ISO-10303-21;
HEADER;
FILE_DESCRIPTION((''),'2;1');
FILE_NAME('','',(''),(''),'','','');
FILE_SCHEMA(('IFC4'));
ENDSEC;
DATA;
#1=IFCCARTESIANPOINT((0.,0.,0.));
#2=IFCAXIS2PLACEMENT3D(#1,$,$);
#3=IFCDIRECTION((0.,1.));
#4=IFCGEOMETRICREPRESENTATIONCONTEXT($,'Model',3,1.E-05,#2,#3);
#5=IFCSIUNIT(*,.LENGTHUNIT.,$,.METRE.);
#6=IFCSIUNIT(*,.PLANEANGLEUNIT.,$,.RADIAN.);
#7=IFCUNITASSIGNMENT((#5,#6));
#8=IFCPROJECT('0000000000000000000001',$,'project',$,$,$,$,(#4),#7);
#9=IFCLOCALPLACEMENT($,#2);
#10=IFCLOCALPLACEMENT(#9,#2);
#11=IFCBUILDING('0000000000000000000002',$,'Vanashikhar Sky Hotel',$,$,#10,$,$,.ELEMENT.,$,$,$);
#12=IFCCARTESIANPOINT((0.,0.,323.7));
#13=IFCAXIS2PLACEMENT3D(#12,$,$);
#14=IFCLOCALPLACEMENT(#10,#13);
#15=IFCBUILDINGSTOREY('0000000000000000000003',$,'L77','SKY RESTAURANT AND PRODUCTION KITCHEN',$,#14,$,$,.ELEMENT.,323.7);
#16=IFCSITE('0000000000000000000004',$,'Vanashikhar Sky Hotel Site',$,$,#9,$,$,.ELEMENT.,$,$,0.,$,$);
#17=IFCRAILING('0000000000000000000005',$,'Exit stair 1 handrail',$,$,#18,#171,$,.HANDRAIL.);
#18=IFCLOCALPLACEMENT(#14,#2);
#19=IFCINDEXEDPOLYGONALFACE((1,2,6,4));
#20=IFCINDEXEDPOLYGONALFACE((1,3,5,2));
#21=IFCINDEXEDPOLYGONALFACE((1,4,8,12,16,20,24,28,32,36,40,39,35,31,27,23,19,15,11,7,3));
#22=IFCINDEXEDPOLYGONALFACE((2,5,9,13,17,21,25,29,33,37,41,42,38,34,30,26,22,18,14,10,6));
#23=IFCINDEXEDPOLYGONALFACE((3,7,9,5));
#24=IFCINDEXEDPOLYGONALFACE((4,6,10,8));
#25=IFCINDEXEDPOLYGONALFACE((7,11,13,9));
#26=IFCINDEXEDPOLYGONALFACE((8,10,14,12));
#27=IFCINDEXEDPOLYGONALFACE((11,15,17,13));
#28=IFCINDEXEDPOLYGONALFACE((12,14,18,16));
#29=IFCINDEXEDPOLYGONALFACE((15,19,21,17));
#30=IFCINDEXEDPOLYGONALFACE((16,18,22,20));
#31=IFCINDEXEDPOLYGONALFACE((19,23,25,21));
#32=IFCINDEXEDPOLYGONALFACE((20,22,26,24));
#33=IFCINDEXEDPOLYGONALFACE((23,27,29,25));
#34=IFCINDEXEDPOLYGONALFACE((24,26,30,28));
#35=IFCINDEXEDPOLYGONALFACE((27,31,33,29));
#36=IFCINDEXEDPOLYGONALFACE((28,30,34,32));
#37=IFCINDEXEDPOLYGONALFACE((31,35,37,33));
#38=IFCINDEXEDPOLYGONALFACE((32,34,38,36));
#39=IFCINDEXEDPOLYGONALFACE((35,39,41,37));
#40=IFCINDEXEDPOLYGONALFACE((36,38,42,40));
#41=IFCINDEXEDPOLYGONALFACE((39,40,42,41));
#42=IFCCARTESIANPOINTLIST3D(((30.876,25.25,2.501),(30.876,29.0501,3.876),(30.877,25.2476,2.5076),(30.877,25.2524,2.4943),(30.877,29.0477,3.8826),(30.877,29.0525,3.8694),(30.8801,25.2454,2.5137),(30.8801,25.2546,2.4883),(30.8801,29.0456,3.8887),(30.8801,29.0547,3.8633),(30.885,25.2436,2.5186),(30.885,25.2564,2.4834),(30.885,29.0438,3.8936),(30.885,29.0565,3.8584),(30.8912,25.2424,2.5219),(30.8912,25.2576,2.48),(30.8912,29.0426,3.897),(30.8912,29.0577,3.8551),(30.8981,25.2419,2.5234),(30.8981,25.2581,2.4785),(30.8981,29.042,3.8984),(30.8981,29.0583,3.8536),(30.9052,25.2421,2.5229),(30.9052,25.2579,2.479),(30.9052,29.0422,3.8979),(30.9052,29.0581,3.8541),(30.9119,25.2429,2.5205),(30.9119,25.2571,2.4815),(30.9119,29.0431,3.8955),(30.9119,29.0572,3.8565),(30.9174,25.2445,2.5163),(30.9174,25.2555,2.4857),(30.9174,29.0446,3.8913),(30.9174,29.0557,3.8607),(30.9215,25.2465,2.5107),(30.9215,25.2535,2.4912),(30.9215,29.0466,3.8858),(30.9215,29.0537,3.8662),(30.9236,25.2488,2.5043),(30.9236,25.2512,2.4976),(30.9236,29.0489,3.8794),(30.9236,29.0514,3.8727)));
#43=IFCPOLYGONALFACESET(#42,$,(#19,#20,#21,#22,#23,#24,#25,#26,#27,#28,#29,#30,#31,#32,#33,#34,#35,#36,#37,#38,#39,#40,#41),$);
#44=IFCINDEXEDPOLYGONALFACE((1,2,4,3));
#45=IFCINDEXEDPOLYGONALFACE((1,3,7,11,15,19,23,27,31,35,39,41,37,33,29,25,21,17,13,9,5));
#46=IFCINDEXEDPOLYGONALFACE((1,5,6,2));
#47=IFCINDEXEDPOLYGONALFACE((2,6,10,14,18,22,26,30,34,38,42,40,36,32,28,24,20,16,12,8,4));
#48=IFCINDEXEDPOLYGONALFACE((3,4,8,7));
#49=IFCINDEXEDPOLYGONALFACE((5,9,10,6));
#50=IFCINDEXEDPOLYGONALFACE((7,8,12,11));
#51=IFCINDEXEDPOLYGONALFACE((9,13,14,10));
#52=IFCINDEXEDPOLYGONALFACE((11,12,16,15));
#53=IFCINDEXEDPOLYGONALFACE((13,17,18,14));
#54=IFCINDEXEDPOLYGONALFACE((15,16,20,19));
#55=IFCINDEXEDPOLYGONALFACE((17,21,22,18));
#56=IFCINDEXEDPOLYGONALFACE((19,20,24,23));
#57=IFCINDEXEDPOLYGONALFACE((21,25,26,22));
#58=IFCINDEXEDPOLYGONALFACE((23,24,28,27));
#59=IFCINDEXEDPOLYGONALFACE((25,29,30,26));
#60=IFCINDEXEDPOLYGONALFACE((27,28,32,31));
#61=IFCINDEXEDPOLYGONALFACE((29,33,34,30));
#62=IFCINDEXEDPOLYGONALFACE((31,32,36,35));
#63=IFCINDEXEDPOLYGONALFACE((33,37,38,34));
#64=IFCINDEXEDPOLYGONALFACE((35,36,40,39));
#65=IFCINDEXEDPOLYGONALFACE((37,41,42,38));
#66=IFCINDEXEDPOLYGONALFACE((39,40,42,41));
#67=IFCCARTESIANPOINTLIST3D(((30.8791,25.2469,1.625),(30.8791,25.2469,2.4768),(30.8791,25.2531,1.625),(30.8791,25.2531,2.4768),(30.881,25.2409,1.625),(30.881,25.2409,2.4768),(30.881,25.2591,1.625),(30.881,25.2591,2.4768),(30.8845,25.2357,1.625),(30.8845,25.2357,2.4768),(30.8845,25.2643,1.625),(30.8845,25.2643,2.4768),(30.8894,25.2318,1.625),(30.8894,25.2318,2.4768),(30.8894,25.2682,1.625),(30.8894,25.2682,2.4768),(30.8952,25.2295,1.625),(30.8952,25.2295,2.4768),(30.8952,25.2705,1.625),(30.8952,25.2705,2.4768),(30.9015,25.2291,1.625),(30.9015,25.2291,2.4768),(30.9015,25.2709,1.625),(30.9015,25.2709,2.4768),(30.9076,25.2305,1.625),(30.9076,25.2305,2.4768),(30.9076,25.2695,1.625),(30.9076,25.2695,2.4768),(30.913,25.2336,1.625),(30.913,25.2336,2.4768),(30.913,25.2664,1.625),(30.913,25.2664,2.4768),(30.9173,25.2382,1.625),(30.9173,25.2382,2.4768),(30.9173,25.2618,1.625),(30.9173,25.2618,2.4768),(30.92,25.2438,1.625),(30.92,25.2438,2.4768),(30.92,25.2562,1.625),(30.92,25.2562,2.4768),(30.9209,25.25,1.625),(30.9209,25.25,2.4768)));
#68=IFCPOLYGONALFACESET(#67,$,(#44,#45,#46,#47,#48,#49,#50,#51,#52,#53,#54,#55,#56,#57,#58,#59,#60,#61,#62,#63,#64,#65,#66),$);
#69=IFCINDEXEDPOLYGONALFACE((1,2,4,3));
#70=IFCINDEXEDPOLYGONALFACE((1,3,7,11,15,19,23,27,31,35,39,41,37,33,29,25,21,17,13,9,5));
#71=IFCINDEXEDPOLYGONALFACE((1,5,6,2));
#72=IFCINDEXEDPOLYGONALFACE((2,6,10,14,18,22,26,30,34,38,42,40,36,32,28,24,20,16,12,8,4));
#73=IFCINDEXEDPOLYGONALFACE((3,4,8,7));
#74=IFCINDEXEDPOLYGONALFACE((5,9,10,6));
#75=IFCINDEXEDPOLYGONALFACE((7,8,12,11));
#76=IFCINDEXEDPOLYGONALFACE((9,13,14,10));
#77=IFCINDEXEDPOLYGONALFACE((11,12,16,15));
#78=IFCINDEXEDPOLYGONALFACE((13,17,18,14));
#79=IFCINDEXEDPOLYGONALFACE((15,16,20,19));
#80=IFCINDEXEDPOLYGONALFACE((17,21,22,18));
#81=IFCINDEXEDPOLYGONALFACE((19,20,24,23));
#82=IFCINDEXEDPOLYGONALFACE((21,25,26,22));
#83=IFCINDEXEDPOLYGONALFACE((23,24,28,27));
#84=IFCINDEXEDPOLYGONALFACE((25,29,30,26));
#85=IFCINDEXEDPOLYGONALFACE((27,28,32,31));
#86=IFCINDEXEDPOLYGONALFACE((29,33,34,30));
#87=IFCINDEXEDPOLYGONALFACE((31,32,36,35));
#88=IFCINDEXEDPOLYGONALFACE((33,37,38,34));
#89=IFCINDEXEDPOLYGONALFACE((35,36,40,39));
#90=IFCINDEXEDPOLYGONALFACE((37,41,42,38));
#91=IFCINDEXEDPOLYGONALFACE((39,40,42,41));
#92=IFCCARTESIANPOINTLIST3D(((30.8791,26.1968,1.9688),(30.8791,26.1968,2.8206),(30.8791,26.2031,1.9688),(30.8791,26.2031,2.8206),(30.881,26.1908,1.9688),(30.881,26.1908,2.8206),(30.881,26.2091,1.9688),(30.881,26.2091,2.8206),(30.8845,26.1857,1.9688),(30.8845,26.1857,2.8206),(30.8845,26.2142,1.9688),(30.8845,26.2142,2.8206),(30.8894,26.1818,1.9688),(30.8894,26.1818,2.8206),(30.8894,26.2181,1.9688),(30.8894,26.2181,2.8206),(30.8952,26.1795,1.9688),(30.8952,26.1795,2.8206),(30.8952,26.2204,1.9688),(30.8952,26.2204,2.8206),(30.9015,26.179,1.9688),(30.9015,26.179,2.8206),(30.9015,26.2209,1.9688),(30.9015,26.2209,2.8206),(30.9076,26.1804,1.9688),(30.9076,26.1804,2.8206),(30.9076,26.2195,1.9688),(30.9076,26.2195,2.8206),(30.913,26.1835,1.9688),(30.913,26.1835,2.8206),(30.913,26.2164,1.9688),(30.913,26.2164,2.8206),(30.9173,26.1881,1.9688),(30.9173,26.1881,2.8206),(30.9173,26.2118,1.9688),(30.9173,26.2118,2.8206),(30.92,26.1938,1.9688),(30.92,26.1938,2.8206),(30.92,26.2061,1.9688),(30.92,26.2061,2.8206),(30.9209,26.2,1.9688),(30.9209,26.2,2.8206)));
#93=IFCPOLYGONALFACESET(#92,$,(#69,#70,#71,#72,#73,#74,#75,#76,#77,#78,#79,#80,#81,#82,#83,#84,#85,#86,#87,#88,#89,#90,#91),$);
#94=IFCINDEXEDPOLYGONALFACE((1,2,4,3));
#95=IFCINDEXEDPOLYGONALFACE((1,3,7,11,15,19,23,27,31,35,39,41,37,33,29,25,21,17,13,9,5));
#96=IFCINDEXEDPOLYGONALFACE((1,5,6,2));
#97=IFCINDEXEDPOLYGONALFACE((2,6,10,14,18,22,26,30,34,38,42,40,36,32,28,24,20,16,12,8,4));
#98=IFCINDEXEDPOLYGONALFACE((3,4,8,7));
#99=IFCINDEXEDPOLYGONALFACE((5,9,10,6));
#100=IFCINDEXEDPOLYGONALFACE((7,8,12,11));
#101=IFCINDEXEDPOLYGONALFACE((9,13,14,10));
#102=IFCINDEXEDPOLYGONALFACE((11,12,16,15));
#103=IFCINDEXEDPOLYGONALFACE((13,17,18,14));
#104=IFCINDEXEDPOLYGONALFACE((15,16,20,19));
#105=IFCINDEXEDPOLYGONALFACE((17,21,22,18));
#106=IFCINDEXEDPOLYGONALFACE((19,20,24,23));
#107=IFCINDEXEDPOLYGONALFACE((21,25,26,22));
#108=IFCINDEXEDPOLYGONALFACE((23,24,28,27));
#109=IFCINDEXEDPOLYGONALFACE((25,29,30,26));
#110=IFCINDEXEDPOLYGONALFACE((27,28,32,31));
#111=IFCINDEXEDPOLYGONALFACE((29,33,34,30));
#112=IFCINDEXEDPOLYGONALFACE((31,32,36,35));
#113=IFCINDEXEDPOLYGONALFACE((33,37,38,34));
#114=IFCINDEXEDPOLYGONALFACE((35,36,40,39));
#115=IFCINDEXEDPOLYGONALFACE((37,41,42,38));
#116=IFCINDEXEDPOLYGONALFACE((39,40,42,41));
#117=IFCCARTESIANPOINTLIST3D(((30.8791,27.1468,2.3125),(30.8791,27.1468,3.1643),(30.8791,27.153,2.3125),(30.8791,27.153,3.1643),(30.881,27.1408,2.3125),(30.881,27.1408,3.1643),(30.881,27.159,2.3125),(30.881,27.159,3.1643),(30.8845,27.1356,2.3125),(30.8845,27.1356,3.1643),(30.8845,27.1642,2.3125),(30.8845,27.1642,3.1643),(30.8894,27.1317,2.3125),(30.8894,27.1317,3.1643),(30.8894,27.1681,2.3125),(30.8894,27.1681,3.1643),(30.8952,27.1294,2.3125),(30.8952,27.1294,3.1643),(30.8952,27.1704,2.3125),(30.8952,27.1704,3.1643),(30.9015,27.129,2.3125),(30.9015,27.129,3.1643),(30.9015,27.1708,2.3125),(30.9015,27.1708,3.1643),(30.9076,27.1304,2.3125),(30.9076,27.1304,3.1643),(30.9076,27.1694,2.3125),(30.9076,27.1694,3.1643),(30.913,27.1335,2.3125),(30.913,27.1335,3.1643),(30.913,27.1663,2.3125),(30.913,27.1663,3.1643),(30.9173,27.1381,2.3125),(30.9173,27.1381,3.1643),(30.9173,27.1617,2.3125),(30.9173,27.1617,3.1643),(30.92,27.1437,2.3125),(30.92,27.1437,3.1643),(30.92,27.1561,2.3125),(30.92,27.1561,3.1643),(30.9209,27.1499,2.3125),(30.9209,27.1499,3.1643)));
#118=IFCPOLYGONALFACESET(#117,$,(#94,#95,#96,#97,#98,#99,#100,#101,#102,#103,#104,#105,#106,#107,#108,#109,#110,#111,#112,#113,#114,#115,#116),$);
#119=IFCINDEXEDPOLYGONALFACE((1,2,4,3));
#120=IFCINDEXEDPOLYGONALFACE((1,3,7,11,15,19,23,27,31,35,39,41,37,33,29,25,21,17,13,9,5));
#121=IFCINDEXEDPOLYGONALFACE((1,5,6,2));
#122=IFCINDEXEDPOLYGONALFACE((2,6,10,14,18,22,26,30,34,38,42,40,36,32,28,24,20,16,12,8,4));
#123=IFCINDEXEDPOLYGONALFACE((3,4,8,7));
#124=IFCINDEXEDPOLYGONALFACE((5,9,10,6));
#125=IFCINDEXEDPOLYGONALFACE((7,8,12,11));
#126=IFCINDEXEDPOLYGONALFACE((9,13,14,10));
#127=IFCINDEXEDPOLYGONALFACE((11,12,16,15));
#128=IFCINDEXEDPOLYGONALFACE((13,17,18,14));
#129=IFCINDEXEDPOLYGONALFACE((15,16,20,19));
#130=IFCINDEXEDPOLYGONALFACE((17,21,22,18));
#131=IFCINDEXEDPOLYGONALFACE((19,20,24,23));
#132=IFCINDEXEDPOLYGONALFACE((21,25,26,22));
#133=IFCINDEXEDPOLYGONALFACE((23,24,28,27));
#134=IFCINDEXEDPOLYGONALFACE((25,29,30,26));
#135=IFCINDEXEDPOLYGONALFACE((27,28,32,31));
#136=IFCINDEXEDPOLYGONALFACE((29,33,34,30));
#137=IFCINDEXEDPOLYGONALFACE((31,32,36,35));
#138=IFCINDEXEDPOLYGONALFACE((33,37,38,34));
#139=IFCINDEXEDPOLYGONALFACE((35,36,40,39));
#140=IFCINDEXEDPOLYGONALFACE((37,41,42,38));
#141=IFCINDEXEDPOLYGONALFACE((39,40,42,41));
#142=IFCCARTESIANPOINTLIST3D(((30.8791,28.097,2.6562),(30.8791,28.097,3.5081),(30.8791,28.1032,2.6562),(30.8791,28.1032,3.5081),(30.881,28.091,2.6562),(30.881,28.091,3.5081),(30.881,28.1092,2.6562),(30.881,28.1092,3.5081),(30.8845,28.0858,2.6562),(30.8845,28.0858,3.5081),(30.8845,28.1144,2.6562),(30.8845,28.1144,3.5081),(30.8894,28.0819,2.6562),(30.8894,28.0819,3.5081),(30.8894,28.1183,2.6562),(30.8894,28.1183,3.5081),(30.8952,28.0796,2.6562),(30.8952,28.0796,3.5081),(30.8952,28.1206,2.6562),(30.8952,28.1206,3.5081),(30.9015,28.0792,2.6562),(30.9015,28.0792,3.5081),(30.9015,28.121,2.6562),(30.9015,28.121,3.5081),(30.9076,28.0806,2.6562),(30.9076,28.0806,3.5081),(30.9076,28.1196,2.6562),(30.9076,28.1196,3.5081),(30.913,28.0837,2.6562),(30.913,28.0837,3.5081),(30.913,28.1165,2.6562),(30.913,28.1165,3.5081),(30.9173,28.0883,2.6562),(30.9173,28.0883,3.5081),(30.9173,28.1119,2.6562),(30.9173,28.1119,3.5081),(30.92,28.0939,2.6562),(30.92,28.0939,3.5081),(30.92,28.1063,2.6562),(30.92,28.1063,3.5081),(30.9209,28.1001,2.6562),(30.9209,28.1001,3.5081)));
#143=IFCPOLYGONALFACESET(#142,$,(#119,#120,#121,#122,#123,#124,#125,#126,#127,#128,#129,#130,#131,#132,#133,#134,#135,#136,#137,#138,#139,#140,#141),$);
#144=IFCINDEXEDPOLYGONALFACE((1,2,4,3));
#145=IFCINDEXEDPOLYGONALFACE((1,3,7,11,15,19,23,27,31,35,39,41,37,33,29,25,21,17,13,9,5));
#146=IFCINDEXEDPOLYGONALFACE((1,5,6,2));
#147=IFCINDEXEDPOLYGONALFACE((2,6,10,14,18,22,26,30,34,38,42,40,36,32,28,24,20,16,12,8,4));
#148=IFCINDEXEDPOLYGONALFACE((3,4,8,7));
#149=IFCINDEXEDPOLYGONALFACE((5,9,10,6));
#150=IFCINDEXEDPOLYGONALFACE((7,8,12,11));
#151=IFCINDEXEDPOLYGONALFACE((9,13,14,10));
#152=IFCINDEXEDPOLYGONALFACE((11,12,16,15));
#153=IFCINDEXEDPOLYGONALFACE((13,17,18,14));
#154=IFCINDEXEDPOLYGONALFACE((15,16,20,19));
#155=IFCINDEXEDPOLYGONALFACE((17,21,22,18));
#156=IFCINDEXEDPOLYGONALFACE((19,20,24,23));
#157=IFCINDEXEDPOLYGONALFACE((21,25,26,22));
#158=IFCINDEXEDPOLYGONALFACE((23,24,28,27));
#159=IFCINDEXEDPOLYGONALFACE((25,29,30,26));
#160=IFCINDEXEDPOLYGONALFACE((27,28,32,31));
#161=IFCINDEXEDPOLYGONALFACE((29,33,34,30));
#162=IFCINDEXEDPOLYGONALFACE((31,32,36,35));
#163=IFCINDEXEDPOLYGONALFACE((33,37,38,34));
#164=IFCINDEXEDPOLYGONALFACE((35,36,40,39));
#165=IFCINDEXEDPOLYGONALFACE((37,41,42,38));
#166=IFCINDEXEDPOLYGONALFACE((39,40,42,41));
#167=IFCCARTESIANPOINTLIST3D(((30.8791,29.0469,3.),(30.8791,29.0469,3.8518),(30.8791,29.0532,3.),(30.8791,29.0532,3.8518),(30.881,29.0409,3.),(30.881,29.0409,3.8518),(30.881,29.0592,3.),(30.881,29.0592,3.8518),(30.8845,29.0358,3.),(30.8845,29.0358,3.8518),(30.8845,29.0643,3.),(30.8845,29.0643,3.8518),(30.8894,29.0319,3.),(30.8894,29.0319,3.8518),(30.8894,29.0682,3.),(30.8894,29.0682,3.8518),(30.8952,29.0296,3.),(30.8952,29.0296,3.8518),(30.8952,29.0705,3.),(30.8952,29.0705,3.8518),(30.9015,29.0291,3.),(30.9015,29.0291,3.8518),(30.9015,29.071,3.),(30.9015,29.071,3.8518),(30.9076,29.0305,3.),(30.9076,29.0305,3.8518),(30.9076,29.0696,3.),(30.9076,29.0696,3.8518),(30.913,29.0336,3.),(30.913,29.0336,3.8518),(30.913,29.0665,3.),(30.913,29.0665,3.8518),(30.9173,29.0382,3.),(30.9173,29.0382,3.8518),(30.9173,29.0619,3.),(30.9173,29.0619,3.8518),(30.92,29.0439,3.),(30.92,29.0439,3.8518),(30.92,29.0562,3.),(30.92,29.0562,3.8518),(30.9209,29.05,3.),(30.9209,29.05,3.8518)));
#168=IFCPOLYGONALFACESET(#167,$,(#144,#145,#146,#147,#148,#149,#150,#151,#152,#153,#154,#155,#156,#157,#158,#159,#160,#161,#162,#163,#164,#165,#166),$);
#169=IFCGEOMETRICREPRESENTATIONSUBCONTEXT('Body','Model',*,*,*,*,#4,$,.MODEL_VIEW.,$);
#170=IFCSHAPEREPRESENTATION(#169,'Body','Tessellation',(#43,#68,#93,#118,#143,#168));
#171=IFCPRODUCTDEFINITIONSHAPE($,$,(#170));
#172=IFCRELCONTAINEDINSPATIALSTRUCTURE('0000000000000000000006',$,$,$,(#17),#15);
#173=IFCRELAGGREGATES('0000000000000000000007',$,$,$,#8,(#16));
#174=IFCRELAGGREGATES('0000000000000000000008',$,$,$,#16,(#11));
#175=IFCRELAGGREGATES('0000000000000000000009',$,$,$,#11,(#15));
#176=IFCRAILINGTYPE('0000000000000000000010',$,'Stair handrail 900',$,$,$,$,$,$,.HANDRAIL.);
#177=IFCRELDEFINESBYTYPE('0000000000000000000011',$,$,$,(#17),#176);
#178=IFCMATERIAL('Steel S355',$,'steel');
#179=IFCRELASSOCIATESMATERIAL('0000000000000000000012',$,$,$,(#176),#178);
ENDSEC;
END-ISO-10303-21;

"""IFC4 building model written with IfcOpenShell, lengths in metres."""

from ifc_helpers import new_model, si_unit, direction, frame, origin, origin_2d, place, context, subcontext, project, spatial, circle, extrude, source, transform, mapped, material, type_object, element, save


model = new_model("IFC4")

# Units and contexts
model_context = context("Model", 3, precision=1e-05, world=origin(), true_north=direction((0.0, 1.0)))
body_context = subcontext(model_context, "Body", "Model", "MODEL_VIEW")
ifc_project = project(units=[si_unit("LENGTHUNIT", "METRE"), si_unit("PLANEANGLEUNIT", "RADIAN")], contexts=[model_context])

# Site, building, storey
site_placement = place(None, origin())
site = spatial("IfcSite", under=ifc_project, at=site_placement, Name="Vanashikhar Sky Hotel Site", CompositionType="ELEMENT", RefElevation=0.0)
building_placement = place(site_placement, origin())
building = spatial("IfcBuilding", under=site, at=building_placement, Name="Vanashikhar Sky Hotel", CompositionType="ELEMENT")
storey_placement = place(building_placement, frame((0.0, 0.0, 323.7)))
storey = spatial("IfcBuildingStorey", under=building, at=storey_placement, Name="L77", Description="SKY RESTAURANT AND PRODUCTION KITCHEN", CompositionType="ELEMENT", Elevation=323.7)

# Railing
ifc_material_1 = material(Name="Steel S355", Category="steel")
railing_type_1 = type_object("IfcRailingType", Name="Stair handrail 900", PredefinedType="HANDRAIL", material=ifc_material_1)
shared_shape_1 = source(origin(), body_context, "Body", "SweptSolid", [
    extrude(circle(Radius=0.0239, at=origin_2d()), frame((0.0, 0.0, 0.876), z_axis=(0.0, 0.940336, 0.340249), x_axis=(-1.0, 0.0, 0.0)), (0.0, 0.0, 1.0), 4.0413),
    extrude(circle(Radius=0.021, at=origin_2d()), origin(), (0.0, 0.0, 1.0), 0.8518),
    extrude(circle(Radius=0.021, at=origin_2d()), frame((0.0, 0.95, 0.3438)), (0.0, 0.0, 1.0), 0.8518),
    extrude(circle(Radius=0.021, at=origin_2d()), frame((0.0, 1.8999, 0.6875)), (0.0, 0.0, 1.0), 0.8518),
    extrude(circle(Radius=0.021, at=origin_2d()), frame((0.0, 2.8501, 1.0312)), (0.0, 0.0, 1.0), 0.8518),
    extrude(circle(Radius=0.021, at=origin_2d()), frame((0.0, 3.8, 1.375)), (0.0, 0.0, 1.0), 0.8518),
])
for number, where, name in (
    (1, (30.8999, 25.25, 1.625), "Exit stair 1 handrail"),
):
    element("IfcRailing", number, at=place(storey_placement, frame(where)), inside=storey, type_object=railing_type_1, Name=name, PredefinedType="HANDRAIL", context=body_context, shape_type="MappedRepresentation", body=[
        mapped(shared_shape_1, transform((0.0, 0.0, 0.0), scale=1.0)),
    ])

save(model, "model.ifc")
